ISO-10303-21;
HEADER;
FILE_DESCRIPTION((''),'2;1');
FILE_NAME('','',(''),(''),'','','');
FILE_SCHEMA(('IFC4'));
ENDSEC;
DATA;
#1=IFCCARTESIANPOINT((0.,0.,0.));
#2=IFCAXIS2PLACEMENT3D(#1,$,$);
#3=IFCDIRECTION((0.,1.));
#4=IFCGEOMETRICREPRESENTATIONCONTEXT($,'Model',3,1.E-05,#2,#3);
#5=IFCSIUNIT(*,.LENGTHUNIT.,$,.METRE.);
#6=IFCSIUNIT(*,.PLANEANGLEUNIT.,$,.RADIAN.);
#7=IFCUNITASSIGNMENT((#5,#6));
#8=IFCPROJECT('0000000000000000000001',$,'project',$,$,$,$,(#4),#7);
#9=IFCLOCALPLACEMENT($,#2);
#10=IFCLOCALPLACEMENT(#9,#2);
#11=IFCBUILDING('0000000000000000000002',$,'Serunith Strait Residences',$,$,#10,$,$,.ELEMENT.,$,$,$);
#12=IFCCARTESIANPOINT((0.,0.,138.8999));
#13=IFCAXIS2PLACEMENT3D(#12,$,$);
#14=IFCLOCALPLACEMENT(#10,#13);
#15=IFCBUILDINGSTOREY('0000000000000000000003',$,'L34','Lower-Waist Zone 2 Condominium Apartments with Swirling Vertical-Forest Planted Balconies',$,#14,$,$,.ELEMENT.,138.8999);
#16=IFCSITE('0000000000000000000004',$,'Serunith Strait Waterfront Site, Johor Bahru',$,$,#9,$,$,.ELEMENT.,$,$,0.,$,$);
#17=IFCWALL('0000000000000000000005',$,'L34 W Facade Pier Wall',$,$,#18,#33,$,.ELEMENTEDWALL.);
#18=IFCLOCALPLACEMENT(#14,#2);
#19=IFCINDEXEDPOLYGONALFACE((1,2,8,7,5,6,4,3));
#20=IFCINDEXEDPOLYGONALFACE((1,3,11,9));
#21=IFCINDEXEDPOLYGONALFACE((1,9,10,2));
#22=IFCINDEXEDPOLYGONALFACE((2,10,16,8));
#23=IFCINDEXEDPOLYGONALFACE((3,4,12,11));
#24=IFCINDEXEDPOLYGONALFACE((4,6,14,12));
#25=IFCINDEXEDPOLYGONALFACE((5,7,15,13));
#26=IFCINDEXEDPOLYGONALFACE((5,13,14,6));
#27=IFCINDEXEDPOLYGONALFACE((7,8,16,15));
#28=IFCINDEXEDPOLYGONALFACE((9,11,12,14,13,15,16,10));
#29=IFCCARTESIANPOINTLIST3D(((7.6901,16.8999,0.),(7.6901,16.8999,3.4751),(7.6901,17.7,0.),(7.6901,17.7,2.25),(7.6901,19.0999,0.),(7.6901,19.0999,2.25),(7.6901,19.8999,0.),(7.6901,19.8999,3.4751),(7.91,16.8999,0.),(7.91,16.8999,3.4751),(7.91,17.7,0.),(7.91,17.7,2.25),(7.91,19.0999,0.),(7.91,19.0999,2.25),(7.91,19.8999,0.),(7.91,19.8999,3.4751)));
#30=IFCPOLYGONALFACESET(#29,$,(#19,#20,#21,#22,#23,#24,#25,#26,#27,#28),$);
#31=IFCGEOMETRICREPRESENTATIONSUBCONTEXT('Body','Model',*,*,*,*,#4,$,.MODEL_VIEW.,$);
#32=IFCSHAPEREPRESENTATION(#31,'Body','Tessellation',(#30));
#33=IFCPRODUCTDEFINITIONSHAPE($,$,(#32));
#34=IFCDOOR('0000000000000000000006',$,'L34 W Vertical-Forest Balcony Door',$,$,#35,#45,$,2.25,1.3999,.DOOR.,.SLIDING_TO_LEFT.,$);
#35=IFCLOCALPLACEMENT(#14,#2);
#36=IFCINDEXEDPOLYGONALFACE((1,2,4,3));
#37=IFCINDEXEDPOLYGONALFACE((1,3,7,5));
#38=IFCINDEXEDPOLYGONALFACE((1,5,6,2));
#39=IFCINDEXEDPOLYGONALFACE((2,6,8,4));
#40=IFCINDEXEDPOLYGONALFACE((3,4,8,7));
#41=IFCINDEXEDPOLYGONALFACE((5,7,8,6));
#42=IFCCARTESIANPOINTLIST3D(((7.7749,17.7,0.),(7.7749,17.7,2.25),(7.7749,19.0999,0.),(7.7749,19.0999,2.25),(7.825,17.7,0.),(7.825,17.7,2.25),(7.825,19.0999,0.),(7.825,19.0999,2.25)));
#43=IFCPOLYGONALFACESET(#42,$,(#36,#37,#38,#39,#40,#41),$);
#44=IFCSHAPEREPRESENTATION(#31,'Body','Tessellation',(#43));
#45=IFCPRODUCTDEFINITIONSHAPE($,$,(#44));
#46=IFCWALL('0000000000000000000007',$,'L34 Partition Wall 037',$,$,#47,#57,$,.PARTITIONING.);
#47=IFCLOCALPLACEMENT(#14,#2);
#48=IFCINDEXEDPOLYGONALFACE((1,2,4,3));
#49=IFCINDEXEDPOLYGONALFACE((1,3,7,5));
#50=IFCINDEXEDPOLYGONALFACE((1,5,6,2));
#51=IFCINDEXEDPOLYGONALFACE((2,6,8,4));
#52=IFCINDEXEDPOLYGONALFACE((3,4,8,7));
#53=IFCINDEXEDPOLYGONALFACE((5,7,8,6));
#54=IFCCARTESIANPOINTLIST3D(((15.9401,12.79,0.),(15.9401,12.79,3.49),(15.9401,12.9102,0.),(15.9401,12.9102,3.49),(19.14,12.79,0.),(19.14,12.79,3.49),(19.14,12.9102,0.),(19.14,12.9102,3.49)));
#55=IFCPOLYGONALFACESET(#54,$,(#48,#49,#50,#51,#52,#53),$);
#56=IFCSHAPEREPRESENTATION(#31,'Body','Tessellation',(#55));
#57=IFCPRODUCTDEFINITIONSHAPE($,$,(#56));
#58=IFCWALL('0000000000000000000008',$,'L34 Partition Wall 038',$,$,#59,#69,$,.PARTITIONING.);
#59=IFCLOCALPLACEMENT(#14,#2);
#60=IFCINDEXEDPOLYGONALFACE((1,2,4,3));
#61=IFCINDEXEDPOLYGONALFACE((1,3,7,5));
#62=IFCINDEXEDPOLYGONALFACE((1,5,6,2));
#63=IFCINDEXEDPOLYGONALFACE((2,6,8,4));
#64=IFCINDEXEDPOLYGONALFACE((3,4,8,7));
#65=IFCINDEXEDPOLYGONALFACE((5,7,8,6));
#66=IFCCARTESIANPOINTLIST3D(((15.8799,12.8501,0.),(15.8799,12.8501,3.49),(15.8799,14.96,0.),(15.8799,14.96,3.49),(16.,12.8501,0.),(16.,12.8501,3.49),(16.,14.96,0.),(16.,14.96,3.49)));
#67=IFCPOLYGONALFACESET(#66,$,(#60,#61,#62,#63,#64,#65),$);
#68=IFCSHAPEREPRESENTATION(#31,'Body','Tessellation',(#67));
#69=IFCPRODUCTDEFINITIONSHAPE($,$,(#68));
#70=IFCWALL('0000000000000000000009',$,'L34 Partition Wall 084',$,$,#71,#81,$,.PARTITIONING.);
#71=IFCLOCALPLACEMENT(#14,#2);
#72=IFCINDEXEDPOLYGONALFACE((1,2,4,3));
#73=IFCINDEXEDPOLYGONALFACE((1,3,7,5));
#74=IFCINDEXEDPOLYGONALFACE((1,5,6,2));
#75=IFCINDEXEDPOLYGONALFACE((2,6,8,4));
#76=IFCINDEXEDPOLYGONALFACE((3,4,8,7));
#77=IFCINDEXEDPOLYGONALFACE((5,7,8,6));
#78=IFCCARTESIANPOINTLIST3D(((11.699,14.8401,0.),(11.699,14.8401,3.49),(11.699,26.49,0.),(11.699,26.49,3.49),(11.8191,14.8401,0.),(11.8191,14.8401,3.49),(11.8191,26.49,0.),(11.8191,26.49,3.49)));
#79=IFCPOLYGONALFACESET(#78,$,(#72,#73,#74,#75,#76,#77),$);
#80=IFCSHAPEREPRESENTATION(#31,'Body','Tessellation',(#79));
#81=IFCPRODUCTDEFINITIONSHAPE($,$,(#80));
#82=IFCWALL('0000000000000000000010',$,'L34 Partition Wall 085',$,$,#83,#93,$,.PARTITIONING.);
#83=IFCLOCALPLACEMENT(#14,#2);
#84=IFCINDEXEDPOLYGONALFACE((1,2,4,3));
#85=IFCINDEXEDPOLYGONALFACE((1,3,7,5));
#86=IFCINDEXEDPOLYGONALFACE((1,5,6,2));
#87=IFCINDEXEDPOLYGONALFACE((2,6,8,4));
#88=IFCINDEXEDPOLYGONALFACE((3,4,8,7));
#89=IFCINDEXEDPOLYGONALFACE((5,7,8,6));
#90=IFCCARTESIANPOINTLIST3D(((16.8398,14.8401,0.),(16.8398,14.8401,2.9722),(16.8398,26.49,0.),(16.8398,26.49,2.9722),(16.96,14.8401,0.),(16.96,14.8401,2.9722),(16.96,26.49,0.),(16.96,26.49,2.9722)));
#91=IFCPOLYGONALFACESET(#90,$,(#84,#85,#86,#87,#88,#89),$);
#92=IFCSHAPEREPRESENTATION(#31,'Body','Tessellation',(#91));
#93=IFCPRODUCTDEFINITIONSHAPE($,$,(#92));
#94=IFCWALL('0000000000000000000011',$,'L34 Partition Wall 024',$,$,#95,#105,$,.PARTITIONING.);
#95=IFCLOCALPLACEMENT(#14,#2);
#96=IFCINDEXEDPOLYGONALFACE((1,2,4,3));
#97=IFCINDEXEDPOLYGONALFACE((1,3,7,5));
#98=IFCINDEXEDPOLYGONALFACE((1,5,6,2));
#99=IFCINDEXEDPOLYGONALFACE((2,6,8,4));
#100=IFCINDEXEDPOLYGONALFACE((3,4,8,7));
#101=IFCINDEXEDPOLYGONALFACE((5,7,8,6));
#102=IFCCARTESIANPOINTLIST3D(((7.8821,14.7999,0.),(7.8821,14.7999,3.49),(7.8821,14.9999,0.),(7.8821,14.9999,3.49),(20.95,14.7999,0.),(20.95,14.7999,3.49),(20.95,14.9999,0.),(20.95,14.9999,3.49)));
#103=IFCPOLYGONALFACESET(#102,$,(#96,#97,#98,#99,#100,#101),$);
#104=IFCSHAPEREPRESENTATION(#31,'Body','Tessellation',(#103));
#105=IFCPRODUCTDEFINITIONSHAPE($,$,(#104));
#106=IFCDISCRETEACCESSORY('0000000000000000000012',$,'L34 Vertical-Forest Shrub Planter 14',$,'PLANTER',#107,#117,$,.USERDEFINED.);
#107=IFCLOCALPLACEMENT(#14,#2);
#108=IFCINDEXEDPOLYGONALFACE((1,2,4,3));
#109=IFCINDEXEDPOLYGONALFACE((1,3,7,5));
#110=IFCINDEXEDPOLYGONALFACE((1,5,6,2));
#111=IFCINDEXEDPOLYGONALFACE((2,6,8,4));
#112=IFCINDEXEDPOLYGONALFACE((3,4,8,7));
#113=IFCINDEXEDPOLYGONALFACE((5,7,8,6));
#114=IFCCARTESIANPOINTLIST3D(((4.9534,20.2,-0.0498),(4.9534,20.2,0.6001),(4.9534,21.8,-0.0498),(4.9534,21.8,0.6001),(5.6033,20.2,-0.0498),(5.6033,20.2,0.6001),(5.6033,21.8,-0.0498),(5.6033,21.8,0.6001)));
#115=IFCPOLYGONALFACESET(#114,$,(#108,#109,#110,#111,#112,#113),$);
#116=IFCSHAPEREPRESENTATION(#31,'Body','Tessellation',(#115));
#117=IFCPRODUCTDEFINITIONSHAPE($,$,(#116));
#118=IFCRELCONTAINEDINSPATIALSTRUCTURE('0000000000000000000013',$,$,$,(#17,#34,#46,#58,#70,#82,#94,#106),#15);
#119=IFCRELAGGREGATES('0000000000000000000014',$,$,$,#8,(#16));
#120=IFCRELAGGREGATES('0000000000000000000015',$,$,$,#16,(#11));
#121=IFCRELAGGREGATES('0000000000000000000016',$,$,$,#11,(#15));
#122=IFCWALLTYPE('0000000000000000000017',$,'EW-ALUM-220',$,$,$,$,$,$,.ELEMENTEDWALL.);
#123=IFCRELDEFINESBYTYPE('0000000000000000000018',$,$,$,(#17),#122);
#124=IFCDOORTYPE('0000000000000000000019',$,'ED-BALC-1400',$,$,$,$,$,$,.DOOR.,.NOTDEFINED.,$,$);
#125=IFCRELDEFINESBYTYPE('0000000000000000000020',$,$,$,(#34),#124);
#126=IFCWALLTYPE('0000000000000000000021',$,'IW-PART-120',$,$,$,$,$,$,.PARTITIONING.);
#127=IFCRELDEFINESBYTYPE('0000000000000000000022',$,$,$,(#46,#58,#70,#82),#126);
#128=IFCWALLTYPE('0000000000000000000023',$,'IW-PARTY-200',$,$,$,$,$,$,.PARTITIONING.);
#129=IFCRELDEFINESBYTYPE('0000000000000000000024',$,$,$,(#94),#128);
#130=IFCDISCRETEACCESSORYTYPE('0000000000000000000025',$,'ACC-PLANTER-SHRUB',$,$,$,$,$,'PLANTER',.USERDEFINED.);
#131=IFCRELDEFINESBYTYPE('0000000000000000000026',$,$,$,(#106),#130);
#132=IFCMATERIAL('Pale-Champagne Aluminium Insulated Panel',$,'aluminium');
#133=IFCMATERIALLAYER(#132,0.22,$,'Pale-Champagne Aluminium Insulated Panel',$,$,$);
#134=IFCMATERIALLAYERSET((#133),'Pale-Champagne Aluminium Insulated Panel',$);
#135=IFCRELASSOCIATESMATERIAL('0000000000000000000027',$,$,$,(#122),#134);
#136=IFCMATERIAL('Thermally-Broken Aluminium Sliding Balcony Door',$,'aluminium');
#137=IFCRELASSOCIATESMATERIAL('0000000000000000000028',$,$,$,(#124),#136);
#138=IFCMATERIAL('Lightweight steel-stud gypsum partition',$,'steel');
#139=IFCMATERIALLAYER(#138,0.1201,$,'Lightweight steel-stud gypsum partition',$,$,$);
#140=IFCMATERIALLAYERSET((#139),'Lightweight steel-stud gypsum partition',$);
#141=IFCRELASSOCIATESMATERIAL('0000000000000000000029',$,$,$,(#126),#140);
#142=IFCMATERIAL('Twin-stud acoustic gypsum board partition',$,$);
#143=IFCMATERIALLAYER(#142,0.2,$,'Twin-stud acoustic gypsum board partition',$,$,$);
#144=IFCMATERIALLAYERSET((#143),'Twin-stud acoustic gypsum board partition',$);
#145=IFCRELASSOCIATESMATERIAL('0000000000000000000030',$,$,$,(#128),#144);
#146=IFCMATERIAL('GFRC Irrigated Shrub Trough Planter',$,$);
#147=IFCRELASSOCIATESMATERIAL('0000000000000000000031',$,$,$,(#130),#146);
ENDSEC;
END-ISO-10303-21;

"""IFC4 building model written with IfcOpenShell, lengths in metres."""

from ifc_helpers import new_model, si_unit, direction, frame, frame_2d, origin, origin_2d, place, context, subcontext, project, spatial, rectangle, extrude, source, transform, mapped, material, layer, layer_set, type_object, element, fill, save


model = new_model("IFC4")

# Units and contexts
model_context = context("Model", 3, precision=1e-05, world=origin(), true_north=direction((0.0, 1.0)))
body_context = subcontext(model_context, "Body", "Model", "MODEL_VIEW")
ifc_project = project(units=[si_unit("LENGTHUNIT", "METRE"), si_unit("PLANEANGLEUNIT", "RADIAN")], contexts=[model_context])

# Site, building, storey
site_placement = place(None, origin())
site = spatial("IfcSite", under=ifc_project, at=site_placement, Name="Serunith Strait Waterfront Site, Johor Bahru", CompositionType="ELEMENT", RefElevation=0.0)
building_placement = place(site_placement, origin())
building = spatial("IfcBuilding", under=site, at=building_placement, Name="Serunith Strait Residences", CompositionType="ELEMENT")
storey_placement = place(building_placement, frame((0.0, 0.0, 138.8999)))
storey = spatial("IfcBuildingStorey", under=building, at=storey_placement, Name="L34", Description="Lower-Waist Zone 2 Condominium Apartments with Swirling Vertical-Forest Planted Balconies", CompositionType="ELEMENT", Elevation=138.8999)

# Wall, opening, door
ifc_material_1 = material(Name="Pale-Champagne Aluminium Insulated Panel", Category="aluminium")
ifc_layer_1 = layer(ifc_material_1, 0.22, Name="Pale-Champagne Aluminium Insulated Panel")
ifc_layer_set_1 = layer_set([ifc_layer_1], Name="Pale-Champagne Aluminium Insulated Panel")
wall_type_1 = type_object("IfcWallType", Name="EW-ALUM-220", PredefinedType="ELEMENTEDWALL", material=ifc_layer_set_1)
wall_1_placement = place(storey_placement, frame((7.8, 19.8999, 0.0), z_axis=(0.0, 0.0, 1.0), x_axis=(0.0, -1.0, 0.0)))
wall_1 = element("IfcWall", 1, at=wall_1_placement, inside=storey, type_object=wall_type_1, Name="L34 W Facade Pier Wall", PredefinedType="ELEMENTEDWALL", context=body_context, shape_type="SweptSolid", body=[
    extrude(rectangle(XDim=3.0, YDim=0.22, at=frame_2d((1.5, 0.0))), origin(), (0.0, 0.0, 1.0), 3.4751),
])
opening_placement = place(wall_1_placement, frame((0.8, 0.0, 0.0)))
opening = element("IfcOpeningElement", 2, at=opening_placement, cuts=wall_1, PredefinedType="OPENING", context=body_context, shape_type="SweptSolid", body=[
    extrude(rectangle(XDim=1.3999, YDim=2.25, at=frame_2d((0.7, 1.125))), frame((0.0, 0.1201, 0.0), z_axis=(0.0, -1.0, 0.0), x_axis=(1.0, 0.0, 0.0)), (0.0, 0.0, 1.0), 0.24),
])
ifc_material_2 = material(Name="Thermally-Broken Aluminium Sliding Balcony Door", Category="aluminium")
door_type = type_object("IfcDoorType", Name="ED-BALC-1400", OperationType="NOTDEFINED", PredefinedType="DOOR", material=ifc_material_2)
shared_shape_1 = source(origin(), body_context, "Body", "SweptSolid", [
    extrude(rectangle(XDim=1.3999, YDim=2.25, at=frame_2d((0.7, 1.125))), frame((0.0, 0.0249, 0.0), z_axis=(0.0, -1.0, 0.0), x_axis=(1.0, 0.0, 0.0)), (0.0, 0.0, 1.0), 0.05),
])
door_placement = place(opening_placement, origin())
door = element("IfcDoor", 3, at=door_placement, inside=storey, type_object=door_type, Name="L34 W Vertical-Forest Balcony Door", OperationType="SLIDING_TO_LEFT", OverallHeight=2.25, OverallWidth=1.3999, PredefinedType="DOOR", context=body_context, shape_type="MappedRepresentation", body=[
    mapped(shared_shape_1, transform((0.0, 0.0, 0.0), scale=1.0)),
])
fill(opening, door)

# Walls
ifc_material_3 = material(Name="Lightweight steel-stud gypsum partition", Category="steel")
ifc_layer_2 = layer(ifc_material_3, 0.1201, Name="Lightweight steel-stud gypsum partition")
ifc_layer_set_2 = layer_set([ifc_layer_2], Name="Lightweight steel-stud gypsum partition")
wall_type_2 = type_object("IfcWallType", Name="IW-PART-120", PredefinedType="PARTITIONING", material=ifc_layer_set_2)
wall_2_placement = place(storey_placement, frame((15.9399, 12.8501, 0.0), z_axis=(0.0, 0.0, 1.0), x_axis=(1.0, 0.0, 0.0)))
element("IfcWall", 4, at=wall_2_placement, inside=storey, type_object=wall_type_2, Name="L34 Partition Wall 037", PredefinedType="PARTITIONING", context=body_context, shape_type="SweptSolid", body=[
    extrude(rectangle(XDim=3.2, YDim=0.1201, at=frame_2d((1.6001, 0.0))), origin(), (0.0, 0.0, 1.0), 3.49),
])
wall_3_placement = place(storey_placement, frame((15.9399, 12.8501, 0.0), z_axis=(0.0, 0.0, 1.0), x_axis=(0.0, 1.0, 0.0)))
element("IfcWall", 5, at=wall_3_placement, inside=storey, type_object=wall_type_2, Name="L34 Partition Wall 038", PredefinedType="PARTITIONING", context=body_context, shape_type="SweptSolid", body=[
    extrude(rectangle(XDim=2.1099, YDim=0.1201, at=frame_2d((1.0549, 0.0))), origin(), (0.0, 0.0, 1.0), 3.49),
])
wall_4_placement = place(storey_placement, frame((11.759, 14.8401, 0.0), z_axis=(0.0, 0.0, 1.0), x_axis=(0.0, 1.0, 0.0)))
element("IfcWall", 6, at=wall_4_placement, inside=storey, type_object=wall_type_2, Name="L34 Partition Wall 084", PredefinedType="PARTITIONING", context=body_context, shape_type="SweptSolid", body=[
    extrude(rectangle(XDim=11.6499, YDim=0.1201, at=frame_2d((5.825, 0.0))), origin(), (0.0, 0.0, 1.0), 3.49),
])
wall_5_placement = place(storey_placement, frame((16.8999, 14.8401, 0.0), z_axis=(0.0, 0.0, 1.0), x_axis=(0.0, 1.0, 0.0)))
element("IfcWall", 7, at=wall_5_placement, inside=storey, type_object=wall_type_2, Name="L34 Partition Wall 085", PredefinedType="PARTITIONING", context=body_context, shape_type="SweptSolid", body=[
    extrude(rectangle(XDim=11.6499, YDim=0.1201, at=frame_2d((5.825, 0.0))), origin(), (0.0, 0.0, 1.0), 2.9722),
])
ifc_material_4 = material(Name="Twin-stud acoustic gypsum board partition")
ifc_layer_3 = layer(ifc_material_4, 0.2, Name="Twin-stud acoustic gypsum board partition")
ifc_layer_set_3 = layer_set([ifc_layer_3], Name="Twin-stud acoustic gypsum board partition")
wall_type_3 = type_object("IfcWallType", Name="IW-PARTY-200", PredefinedType="PARTITIONING", material=ifc_layer_set_3)
wall_6_placement = place(storey_placement, frame((7.8821, 14.8999, 0.0), z_axis=(0.0, 0.0, 1.0), x_axis=(1.0, 0.0, 0.0)))
element("IfcWall", 8, at=wall_6_placement, inside=storey, type_object=wall_type_3, Name="L34 Partition Wall 024", PredefinedType="PARTITIONING", context=body_context, shape_type="SweptSolid", body=[
    extrude(rectangle(XDim=13.0679, YDim=0.2, at=frame_2d((6.5339, 0.0))), origin(), (0.0, 0.0, 1.0), 3.49),
])

# Discrete accessory
ifc_material_5 = material(Name="GFRC Irrigated Shrub Trough Planter")
discrete_accessory_type = type_object("IfcDiscreteAccessoryType", Name="ACC-PLANTER-SHRUB", ElementType="PLANTER", PredefinedType="USERDEFINED", material=ifc_material_5)
shared_shape_2 = source(origin(), body_context, "Body", "SweptSolid", [
    extrude(rectangle(XDim=1.6001, YDim=0.6499, at=origin_2d()), origin(), (0.0, 0.0, 1.0), 0.6499),
])
discrete_accessory_placement = place(storey_placement, frame((5.2783, 21.0, -0.0498), z_axis=(0.0, 0.0, 1.0), x_axis=(0.0, -1.0, 0.0)))
element("IfcDiscreteAccessory", 9, at=discrete_accessory_placement, inside=storey, type_object=discrete_accessory_type, Name="L34 Vertical-Forest Shrub Planter 14", ObjectType="PLANTER", PredefinedType="USERDEFINED", context=body_context, shape_type="MappedRepresentation", body=[
    mapped(shared_shape_2, transform((0.0, 0.0, 0.0), scale=1.0)),
])

save(model, "model.ifc")
